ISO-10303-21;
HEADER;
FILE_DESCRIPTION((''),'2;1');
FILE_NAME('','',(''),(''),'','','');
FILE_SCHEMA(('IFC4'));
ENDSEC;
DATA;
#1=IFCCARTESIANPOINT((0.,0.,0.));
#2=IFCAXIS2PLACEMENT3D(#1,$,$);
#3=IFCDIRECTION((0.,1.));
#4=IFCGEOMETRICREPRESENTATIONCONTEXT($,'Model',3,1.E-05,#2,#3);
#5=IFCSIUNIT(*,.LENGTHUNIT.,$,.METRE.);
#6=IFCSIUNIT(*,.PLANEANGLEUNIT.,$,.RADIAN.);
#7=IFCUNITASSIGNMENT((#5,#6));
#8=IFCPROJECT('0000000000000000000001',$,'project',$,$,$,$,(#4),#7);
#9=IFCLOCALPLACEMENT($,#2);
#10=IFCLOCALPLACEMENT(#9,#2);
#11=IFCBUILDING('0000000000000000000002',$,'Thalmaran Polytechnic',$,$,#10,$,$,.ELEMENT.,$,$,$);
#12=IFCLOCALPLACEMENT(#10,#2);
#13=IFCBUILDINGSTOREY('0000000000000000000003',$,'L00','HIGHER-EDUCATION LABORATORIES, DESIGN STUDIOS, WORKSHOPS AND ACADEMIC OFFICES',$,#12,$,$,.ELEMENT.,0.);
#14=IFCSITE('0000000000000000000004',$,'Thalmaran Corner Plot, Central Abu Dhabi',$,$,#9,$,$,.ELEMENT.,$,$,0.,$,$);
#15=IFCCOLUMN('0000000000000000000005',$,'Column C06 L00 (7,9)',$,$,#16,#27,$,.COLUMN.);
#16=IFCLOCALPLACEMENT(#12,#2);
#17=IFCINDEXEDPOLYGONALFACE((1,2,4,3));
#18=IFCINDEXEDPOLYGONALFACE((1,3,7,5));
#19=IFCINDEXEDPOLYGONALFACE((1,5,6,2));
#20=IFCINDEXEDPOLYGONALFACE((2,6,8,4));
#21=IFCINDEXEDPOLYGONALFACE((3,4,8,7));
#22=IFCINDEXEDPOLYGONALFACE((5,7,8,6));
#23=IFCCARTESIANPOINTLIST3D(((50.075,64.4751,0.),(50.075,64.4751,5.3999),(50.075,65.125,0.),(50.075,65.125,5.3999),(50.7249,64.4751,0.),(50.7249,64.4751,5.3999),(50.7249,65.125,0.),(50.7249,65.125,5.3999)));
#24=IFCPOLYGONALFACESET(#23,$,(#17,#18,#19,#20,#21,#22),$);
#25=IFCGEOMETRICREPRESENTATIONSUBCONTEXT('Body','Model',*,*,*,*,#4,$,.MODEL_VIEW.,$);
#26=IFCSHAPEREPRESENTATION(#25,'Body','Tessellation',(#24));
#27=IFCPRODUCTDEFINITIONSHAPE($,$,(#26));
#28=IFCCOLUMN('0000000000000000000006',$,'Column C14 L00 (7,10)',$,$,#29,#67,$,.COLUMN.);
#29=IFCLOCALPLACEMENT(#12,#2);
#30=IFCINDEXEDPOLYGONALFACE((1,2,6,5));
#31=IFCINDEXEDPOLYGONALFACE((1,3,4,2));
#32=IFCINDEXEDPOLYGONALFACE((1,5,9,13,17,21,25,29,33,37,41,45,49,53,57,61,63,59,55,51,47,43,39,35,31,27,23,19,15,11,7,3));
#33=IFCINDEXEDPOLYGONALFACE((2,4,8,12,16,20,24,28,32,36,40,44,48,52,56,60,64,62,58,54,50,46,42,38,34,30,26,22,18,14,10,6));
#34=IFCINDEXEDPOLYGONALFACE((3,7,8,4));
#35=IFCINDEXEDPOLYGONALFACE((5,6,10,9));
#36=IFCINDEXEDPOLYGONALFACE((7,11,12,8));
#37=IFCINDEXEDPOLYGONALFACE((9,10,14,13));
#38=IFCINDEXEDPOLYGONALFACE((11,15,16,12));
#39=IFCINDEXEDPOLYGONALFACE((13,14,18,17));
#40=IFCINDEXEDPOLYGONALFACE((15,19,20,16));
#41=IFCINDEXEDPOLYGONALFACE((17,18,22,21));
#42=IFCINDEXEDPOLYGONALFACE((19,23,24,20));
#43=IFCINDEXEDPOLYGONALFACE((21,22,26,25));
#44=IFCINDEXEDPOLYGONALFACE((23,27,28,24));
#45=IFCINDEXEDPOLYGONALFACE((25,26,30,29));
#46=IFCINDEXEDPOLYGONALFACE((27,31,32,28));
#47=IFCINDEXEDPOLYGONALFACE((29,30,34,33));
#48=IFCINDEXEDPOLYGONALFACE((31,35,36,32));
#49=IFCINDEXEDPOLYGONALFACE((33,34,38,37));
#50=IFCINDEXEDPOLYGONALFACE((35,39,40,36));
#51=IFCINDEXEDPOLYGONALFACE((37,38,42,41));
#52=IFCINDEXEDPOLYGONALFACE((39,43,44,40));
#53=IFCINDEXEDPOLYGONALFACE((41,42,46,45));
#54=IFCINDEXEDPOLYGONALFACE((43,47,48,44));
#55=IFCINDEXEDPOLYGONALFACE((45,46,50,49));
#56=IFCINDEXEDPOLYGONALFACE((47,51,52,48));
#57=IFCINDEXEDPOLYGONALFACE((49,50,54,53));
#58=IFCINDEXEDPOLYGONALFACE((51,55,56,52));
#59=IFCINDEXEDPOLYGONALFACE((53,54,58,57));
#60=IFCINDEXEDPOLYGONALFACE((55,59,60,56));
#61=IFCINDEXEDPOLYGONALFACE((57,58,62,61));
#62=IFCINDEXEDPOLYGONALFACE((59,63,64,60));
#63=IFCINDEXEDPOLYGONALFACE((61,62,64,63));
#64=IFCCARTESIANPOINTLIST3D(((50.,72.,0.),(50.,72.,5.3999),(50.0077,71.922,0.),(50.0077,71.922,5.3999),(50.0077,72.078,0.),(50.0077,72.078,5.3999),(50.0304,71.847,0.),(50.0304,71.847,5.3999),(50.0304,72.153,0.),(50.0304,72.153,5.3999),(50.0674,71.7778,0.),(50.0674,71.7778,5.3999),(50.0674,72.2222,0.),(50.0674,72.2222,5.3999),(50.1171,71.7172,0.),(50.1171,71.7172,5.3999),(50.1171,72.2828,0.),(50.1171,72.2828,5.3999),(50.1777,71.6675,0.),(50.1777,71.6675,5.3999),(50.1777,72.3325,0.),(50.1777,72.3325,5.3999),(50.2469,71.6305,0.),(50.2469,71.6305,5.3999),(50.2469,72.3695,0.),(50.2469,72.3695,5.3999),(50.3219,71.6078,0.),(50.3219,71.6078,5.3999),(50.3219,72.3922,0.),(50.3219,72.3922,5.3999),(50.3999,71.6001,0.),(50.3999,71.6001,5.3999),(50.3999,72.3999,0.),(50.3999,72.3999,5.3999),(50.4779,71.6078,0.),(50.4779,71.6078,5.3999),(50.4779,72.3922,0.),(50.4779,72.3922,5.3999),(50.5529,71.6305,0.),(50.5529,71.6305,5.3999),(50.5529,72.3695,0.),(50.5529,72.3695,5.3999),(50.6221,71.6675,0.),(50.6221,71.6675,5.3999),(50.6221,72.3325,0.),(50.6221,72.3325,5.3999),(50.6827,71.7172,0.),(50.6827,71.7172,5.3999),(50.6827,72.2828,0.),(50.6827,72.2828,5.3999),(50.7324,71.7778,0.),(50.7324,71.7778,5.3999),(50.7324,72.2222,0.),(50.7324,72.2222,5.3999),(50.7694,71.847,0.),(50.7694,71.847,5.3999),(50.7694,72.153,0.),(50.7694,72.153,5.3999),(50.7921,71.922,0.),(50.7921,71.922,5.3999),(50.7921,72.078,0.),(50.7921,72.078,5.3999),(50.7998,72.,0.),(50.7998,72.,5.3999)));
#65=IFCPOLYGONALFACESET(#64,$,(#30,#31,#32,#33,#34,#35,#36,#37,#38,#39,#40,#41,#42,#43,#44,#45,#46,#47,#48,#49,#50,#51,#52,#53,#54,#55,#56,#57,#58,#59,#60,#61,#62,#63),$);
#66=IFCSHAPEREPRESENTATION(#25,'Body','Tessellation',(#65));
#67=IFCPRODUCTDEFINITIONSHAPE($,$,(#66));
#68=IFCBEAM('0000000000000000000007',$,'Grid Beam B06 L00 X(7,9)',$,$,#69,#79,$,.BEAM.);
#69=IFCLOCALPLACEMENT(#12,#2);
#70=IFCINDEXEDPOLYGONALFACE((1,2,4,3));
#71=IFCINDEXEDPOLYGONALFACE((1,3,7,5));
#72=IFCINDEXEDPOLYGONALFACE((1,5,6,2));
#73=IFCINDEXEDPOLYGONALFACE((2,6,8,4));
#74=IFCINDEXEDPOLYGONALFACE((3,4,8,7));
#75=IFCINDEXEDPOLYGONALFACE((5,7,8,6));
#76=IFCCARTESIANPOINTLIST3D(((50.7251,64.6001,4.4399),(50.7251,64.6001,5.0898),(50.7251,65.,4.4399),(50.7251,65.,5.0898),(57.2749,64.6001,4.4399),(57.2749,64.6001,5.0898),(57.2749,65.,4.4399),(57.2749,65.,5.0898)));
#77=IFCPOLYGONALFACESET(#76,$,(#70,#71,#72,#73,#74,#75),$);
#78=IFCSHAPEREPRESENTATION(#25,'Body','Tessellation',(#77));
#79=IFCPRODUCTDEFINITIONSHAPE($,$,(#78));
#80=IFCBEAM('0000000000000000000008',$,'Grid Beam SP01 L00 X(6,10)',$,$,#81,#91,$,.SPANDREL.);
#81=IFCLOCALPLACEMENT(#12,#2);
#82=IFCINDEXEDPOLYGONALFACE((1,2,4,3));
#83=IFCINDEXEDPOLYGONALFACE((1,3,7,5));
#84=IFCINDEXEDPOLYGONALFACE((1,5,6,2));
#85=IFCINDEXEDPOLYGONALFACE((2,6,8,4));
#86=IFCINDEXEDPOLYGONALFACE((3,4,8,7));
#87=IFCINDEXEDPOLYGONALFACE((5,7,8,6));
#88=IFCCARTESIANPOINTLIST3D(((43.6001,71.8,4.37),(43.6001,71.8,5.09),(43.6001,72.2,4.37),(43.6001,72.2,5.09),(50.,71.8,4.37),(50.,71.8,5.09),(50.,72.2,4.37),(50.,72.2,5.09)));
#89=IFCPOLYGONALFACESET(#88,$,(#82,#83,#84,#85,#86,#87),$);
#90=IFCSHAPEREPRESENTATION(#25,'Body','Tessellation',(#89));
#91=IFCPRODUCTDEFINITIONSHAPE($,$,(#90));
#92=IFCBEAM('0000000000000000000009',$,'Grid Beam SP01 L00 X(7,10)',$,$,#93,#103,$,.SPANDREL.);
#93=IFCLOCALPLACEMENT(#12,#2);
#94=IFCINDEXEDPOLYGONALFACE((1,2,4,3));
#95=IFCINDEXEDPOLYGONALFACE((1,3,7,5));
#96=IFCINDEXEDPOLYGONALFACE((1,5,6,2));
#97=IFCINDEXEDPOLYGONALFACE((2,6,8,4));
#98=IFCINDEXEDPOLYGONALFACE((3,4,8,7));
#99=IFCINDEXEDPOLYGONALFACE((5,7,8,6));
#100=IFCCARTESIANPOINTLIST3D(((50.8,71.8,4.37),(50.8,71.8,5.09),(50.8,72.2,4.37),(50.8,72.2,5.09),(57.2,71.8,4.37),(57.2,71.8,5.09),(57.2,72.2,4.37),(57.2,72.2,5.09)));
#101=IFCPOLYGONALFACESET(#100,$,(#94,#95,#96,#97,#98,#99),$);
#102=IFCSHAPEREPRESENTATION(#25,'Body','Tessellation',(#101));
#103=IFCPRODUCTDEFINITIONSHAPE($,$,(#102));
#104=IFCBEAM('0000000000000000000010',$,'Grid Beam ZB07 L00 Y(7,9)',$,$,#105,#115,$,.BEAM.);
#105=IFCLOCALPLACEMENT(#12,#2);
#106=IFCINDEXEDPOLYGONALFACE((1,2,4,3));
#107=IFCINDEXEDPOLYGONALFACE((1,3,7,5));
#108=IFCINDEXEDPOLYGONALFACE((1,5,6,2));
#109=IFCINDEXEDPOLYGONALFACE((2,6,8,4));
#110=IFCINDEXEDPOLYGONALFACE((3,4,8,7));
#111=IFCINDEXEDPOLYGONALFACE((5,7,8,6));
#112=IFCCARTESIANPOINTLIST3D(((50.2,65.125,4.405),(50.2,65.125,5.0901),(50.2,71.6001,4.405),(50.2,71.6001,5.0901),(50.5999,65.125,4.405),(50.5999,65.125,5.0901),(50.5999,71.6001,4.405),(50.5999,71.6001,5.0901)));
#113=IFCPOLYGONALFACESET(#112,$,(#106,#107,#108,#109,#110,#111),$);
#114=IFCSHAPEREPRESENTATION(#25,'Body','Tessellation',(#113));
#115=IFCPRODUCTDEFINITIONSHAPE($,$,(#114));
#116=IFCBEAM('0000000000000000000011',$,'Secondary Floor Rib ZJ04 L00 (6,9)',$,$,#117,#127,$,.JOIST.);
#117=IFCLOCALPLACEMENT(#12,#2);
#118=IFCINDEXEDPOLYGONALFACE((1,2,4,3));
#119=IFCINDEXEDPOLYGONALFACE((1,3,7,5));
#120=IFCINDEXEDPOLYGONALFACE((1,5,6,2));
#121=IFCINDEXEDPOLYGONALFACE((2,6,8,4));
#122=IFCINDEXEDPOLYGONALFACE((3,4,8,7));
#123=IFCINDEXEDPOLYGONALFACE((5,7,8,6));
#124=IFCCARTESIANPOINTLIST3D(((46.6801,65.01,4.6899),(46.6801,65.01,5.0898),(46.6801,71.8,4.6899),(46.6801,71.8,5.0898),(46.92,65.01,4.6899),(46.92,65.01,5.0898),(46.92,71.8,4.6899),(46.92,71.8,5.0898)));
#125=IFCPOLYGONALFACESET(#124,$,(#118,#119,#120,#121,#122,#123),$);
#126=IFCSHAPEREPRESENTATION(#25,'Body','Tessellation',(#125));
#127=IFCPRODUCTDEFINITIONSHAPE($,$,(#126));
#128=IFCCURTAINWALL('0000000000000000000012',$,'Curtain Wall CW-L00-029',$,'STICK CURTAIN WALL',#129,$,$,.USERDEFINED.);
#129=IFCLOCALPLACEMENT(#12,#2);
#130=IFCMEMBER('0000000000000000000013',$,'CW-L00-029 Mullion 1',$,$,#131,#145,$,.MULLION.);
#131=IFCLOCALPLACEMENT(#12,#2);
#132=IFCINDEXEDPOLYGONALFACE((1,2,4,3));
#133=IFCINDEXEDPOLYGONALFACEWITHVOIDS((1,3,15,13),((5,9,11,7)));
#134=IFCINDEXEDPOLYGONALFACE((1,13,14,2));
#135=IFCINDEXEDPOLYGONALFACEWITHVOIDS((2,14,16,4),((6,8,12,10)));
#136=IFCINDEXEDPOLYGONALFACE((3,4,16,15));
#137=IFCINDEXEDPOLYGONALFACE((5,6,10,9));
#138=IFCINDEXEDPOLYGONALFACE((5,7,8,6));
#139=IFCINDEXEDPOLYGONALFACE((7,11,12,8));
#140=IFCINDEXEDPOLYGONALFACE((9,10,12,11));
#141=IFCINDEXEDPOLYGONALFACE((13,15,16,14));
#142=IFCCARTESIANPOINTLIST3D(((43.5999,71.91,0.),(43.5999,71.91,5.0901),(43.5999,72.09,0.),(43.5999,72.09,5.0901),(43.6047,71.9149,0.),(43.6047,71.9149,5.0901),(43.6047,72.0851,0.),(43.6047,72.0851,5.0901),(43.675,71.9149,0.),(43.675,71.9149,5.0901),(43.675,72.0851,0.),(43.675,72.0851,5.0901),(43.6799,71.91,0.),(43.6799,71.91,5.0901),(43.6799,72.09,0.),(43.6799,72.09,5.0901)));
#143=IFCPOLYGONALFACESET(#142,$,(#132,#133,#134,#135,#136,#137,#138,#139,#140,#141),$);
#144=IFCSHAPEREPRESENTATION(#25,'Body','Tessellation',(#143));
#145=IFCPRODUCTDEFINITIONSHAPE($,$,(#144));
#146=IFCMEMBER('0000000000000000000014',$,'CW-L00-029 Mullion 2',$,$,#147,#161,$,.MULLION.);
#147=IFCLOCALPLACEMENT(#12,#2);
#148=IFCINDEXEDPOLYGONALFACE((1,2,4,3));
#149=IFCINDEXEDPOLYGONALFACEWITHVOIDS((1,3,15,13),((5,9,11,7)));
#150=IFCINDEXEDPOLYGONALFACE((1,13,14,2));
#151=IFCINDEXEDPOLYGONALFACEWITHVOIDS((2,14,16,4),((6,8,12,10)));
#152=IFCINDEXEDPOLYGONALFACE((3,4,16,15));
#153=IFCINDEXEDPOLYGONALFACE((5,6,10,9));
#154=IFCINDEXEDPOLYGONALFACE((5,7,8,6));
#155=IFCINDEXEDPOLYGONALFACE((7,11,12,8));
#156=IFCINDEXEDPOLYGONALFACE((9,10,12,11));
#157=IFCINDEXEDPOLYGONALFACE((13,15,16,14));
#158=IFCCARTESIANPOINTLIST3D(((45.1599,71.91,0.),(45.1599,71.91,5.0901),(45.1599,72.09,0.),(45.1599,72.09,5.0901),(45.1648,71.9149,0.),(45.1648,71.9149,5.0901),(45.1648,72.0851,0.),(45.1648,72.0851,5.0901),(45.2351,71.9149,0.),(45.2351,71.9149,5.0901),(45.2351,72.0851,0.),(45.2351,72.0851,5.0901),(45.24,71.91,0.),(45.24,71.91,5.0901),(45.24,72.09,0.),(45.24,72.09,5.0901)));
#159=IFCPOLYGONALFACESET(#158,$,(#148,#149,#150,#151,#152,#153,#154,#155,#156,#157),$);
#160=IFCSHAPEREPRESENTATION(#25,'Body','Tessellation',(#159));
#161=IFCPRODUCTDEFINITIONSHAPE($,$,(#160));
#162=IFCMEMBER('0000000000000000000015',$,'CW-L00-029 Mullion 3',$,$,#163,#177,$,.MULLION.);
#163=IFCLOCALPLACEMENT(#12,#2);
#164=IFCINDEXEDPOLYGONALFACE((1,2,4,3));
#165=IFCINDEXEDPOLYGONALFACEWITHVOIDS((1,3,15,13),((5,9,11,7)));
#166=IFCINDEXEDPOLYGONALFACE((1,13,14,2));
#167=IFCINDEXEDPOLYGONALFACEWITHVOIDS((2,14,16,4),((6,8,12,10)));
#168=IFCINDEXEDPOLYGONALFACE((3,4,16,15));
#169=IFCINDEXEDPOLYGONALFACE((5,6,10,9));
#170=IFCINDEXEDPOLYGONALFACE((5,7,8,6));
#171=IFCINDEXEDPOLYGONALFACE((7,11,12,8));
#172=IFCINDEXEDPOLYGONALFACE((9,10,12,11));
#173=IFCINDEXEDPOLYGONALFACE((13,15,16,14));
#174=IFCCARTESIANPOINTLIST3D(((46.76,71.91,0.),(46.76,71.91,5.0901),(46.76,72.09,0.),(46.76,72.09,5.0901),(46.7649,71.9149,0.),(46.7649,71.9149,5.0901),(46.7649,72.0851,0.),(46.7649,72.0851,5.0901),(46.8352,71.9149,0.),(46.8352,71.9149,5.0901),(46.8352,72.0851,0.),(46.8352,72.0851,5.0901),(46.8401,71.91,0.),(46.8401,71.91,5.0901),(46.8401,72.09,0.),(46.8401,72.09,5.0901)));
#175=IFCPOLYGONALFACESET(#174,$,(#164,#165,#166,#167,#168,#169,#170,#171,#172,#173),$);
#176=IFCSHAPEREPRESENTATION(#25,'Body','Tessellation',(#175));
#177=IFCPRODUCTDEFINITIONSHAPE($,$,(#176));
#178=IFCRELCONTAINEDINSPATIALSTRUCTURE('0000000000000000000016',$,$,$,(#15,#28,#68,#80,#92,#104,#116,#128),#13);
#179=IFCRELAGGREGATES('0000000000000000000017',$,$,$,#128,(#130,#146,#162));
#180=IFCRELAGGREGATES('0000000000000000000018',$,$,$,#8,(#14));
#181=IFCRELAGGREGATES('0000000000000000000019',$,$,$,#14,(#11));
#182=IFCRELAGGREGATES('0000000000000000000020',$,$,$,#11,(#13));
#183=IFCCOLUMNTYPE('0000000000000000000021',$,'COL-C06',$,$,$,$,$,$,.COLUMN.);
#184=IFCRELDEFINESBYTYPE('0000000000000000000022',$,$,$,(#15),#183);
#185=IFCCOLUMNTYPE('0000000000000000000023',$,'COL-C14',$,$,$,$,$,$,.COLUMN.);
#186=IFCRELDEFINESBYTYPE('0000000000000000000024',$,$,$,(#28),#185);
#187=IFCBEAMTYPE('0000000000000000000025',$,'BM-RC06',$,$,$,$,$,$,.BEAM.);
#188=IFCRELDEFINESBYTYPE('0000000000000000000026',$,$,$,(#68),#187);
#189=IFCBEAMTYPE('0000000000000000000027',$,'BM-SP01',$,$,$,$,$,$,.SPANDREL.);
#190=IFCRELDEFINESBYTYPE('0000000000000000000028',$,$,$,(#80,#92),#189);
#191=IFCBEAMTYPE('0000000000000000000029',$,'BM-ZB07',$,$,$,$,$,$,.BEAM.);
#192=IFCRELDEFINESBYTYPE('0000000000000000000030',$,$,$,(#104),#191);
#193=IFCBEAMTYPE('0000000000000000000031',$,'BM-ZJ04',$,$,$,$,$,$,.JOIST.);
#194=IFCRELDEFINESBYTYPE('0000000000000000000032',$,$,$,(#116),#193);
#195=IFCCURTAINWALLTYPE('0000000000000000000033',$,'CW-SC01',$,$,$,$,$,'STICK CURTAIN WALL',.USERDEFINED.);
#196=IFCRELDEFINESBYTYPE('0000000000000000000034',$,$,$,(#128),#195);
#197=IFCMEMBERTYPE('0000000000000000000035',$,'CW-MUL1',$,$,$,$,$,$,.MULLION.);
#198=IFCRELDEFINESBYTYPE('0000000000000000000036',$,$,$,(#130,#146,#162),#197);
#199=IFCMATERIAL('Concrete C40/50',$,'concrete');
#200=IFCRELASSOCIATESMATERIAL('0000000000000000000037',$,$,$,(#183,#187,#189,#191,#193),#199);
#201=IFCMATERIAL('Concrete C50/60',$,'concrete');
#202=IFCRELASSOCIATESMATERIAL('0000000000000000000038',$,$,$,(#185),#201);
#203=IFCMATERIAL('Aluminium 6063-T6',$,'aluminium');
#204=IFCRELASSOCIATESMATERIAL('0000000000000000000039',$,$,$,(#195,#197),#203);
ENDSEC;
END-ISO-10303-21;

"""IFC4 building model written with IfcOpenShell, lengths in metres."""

from ifc_helpers import new_model, si_unit, direction, frame, origin, origin_2d, place, context, subcontext, project, spatial, rectangle, hollow_rectangle, circle, extrude, material, material_profile, profile_set, type_object, element, aggregate, save


model = new_model("IFC4")

# Units and contexts
model_context = context("Model", 3, precision=1e-05, world=origin(), true_north=direction((0.0, 1.0)))
body_context = subcontext(model_context, "Body", "Model", "MODEL_VIEW")
ifc_project = project(units=[si_unit("LENGTHUNIT", "METRE"), si_unit("PLANEANGLEUNIT", "RADIAN")], contexts=[model_context])

# Site, building, storey
site_placement = place(None, origin())
site = spatial("IfcSite", under=ifc_project, at=site_placement, Name="Thalmaran Corner Plot, Central Abu Dhabi", CompositionType="ELEMENT", RefElevation=0.0)
building_placement = place(site_placement, origin())
building = spatial("IfcBuilding", under=site, at=building_placement, Name="Thalmaran Polytechnic", CompositionType="ELEMENT")
storey_placement = place(building_placement, origin())
storey = spatial("IfcBuildingStorey", under=building, at=storey_placement, Name="L00", Description="HIGHER-EDUCATION LABORATORIES, DESIGN STUDIOS, WORKSHOPS AND ACADEMIC OFFICES", CompositionType="ELEMENT", Elevation=0.0)

# Columns
ifc_material_1 = material(Name="Concrete C40/50", Category="concrete")
ifc_material_profile_1 = material_profile(ifc_material_1, rectangle(XDim=0.6499, YDim=0.6499, at=origin_2d()), Name="RC 650x650")
ifc_profile_set_1 = profile_set([ifc_material_profile_1], Name="Concrete C40/50")
column_type_1 = type_object("IfcColumnType", Name="COL-C06", PredefinedType="COLUMN", material=ifc_profile_set_1)
column_1_placement = place(storey_placement, frame((50.3999, 64.8, 0.0), z_axis=(0.0, 0.0, 1.0), x_axis=(1.0, 0.0, 0.0)))
element("IfcColumn", 1, at=column_1_placement, inside=storey, type_object=column_type_1, Name="Column C06 L00 (7,9)", PredefinedType="COLUMN", context=body_context, shape_type="SweptSolid", body=[
    extrude(rectangle(XDim=0.6499, YDim=0.6499, at=origin_2d()), origin(), (0.0, 0.0, 1.0), 5.3999),
])
ifc_material_2 = material(Name="Concrete C50/60", Category="concrete")
ifc_material_profile_2 = material_profile(ifc_material_2, circle(Radius=0.3999, at=origin_2d()), Name="RC 800 DIA")
ifc_profile_set_2 = profile_set([ifc_material_profile_2], Name="Concrete C50/60")
column_type_2 = type_object("IfcColumnType", Name="COL-C14", PredefinedType="COLUMN", material=ifc_profile_set_2)
column_2_placement = place(storey_placement, frame((50.3999, 72.0, 0.0), z_axis=(0.0, 0.0, 1.0), x_axis=(1.0, 0.0, 0.0)))
element("IfcColumn", 2, at=column_2_placement, inside=storey, type_object=column_type_2, Name="Column C14 L00 (7,10)", PredefinedType="COLUMN", context=body_context, shape_type="SweptSolid", body=[
    extrude(circle(Radius=0.3999, at=origin_2d()), origin(), (0.0, 0.0, 1.0), 5.3999),
])

# Beams
ifc_material_profile_3 = material_profile(ifc_material_1, rectangle(XDim=0.3999, YDim=0.6499, at=origin_2d()), Name="RC 400x650")
ifc_profile_set_3 = profile_set([ifc_material_profile_3], Name="Concrete C40/50")
beam_type_1 = type_object("IfcBeamType", Name="BM-RC06", PredefinedType="BEAM", material=ifc_profile_set_3)
beam_1_placement = place(storey_placement, frame((50.7251, 64.8, 4.7649), z_axis=(1.0, 0.0, 0.0), x_axis=(0.0, 1.0, 0.0)))
element("IfcBeam", 3, at=beam_1_placement, inside=storey, type_object=beam_type_1, Name="Grid Beam B06 L00 X(7,9)", PredefinedType="BEAM", context=body_context, shape_type="SweptSolid", body=[
    extrude(rectangle(XDim=0.3999, YDim=0.6499, at=origin_2d()), origin(), (0.0, 0.0, 1.0), 6.5498),
])
ifc_material_profile_4 = material_profile(ifc_material_1, rectangle(XDim=0.3999, YDim=0.72, at=origin_2d()), Name="RC 400x720")
ifc_profile_set_4 = profile_set([ifc_material_profile_4], Name="Concrete C40/50")
beam_type_2 = type_object("IfcBeamType", Name="BM-SP01", PredefinedType="SPANDREL", material=ifc_profile_set_4)
for number, where, z_axis, x_axis, name in (
    (4, (43.6001, 72.0, 4.73), (1.0, 0.0, 0.0), (0.0, 1.0, 0.0), "Grid Beam SP01 L00 X(6,10)"),
    (5, (50.8, 72.0, 4.73), (1.0, 0.0, 0.0), (0.0, 1.0, 0.0), "Grid Beam SP01 L00 X(7,10)"),
):
    element("IfcBeam", number, at=place(storey_placement, frame(where, z_axis=z_axis, x_axis=x_axis)), inside=storey, type_object=beam_type_2, Name=name, PredefinedType="SPANDREL", context=body_context, shape_type="SweptSolid", body=[
        extrude(rectangle(XDim=0.3999, YDim=0.72, at=origin_2d()), origin(), (0.0, 0.0, 1.0), 6.3999),
    ])
ifc_material_profile_5 = material_profile(ifc_material_1, rectangle(XDim=0.3999, YDim=0.6851, at=origin_2d()), Name="RC 400x685")
ifc_profile_set_5 = profile_set([ifc_material_profile_5], Name="Concrete C40/50")
beam_type_3 = type_object("IfcBeamType", Name="BM-ZB07", PredefinedType="BEAM", material=ifc_profile_set_5)
beam_2_placement = place(storey_placement, frame((50.3999, 65.125, 4.7476), z_axis=(0.0, 1.0, 0.0), x_axis=(-1.0, 0.0, 0.0)))
element("IfcBeam", 6, at=beam_2_placement, inside=storey, type_object=beam_type_3, Name="Grid Beam ZB07 L00 Y(7,9)", PredefinedType="BEAM", context=body_context, shape_type="SweptSolid", body=[
    extrude(rectangle(XDim=0.3999, YDim=0.6851, at=origin_2d()), origin(), (0.0, 0.0, 1.0), 6.4751),
])
ifc_material_profile_6 = material_profile(ifc_material_1, rectangle(XDim=0.24, YDim=0.3999, at=origin_2d()), Name="RC 240x400")
ifc_profile_set_6 = profile_set([ifc_material_profile_6], Name="Concrete C40/50")
beam_type_4 = type_object("IfcBeamType", Name="BM-ZJ04", PredefinedType="JOIST", material=ifc_profile_set_6)
beam_3_placement = place(storey_placement, frame((46.8, 65.01, 4.8899), z_axis=(0.0, 1.0, 0.0), x_axis=(-1.0, 0.0, 0.0)))
element("IfcBeam", 7, at=beam_3_placement, inside=storey, type_object=beam_type_4, Name="Secondary Floor Rib ZJ04 L00 (6,9)", PredefinedType="JOIST", context=body_context, shape_type="SweptSolid", body=[
    extrude(rectangle(XDim=0.24, YDim=0.3999, at=origin_2d()), origin(), (0.0, 0.0, 1.0), 6.79),
])

# Curtain wall, members
ifc_material_3 = material(Name="Aluminium 6063-T6", Category="aluminium")
curtain_wall_type = type_object("IfcCurtainWallType", Name="CW-SC01", ElementType="STICK CURTAIN WALL", PredefinedType="USERDEFINED", material=ifc_material_3)
curtain_wall_placement = place(storey_placement, origin())
curtain_wall = element("IfcCurtainWall", 8, at=curtain_wall_placement, inside=storey, type_object=curtain_wall_type, Name="Curtain Wall CW-L00-029", ObjectType="STICK CURTAIN WALL", PredefinedType="USERDEFINED")
ifc_material_profile_7 = material_profile(ifc_material_3, hollow_rectangle(XDim=0.0801, YDim=0.1799, WallThickness=0.0049, at=origin_2d()), Name="RHS 180x80x5.0")
ifc_profile_set_7 = profile_set([ifc_material_profile_7], Name="Aluminium 6063-T6")
member_type_1 = type_object("IfcMemberType", Name="CW-MUL1", PredefinedType="MULLION", material=ifc_profile_set_7)
member_1_placement = place(storey_placement, frame((43.6399, 72.0, 0.0), z_axis=(0.0, 0.0, 1.0), x_axis=(1.0, 0.0, 0.0)))
member_1 = element("IfcMember", 9, at=member_1_placement, type_object=member_type_1, Name="CW-L00-029 Mullion 1", PredefinedType="MULLION", context=body_context, shape_type="SweptSolid", body=[
    extrude(hollow_rectangle(XDim=0.0801, YDim=0.1799, WallThickness=0.0049, at=origin_2d()), origin(), (0.0, 0.0, 1.0), 5.0901),
])
member_2_placement = place(storey_placement, frame((45.2, 72.0, 0.0), z_axis=(0.0, 0.0, 1.0), x_axis=(1.0, 0.0, 0.0)))
member_2 = element("IfcMember", 10, at=member_2_placement, type_object=member_type_1, Name="CW-L00-029 Mullion 2", PredefinedType="MULLION", context=body_context, shape_type="SweptSolid", body=[
    extrude(hollow_rectangle(XDim=0.0801, YDim=0.1799, WallThickness=0.0049, at=origin_2d()), origin(), (0.0, 0.0, 1.0), 5.0901),
])
member_3_placement = place(storey_placement, frame((46.8, 72.0, 0.0), z_axis=(0.0, 0.0, 1.0), x_axis=(1.0, 0.0, 0.0)))
member_3 = element("IfcMember", 11, at=member_3_placement, type_object=member_type_1, Name="CW-L00-029 Mullion 3", PredefinedType="MULLION", context=body_context, shape_type="SweptSolid", body=[
    extrude(hollow_rectangle(XDim=0.0801, YDim=0.1799, WallThickness=0.0049, at=origin_2d()), origin(), (0.0, 0.0, 1.0), 5.0901),
])
aggregate(curtain_wall, [member_1, member_2, member_3])

save(model, "model.ifc")
